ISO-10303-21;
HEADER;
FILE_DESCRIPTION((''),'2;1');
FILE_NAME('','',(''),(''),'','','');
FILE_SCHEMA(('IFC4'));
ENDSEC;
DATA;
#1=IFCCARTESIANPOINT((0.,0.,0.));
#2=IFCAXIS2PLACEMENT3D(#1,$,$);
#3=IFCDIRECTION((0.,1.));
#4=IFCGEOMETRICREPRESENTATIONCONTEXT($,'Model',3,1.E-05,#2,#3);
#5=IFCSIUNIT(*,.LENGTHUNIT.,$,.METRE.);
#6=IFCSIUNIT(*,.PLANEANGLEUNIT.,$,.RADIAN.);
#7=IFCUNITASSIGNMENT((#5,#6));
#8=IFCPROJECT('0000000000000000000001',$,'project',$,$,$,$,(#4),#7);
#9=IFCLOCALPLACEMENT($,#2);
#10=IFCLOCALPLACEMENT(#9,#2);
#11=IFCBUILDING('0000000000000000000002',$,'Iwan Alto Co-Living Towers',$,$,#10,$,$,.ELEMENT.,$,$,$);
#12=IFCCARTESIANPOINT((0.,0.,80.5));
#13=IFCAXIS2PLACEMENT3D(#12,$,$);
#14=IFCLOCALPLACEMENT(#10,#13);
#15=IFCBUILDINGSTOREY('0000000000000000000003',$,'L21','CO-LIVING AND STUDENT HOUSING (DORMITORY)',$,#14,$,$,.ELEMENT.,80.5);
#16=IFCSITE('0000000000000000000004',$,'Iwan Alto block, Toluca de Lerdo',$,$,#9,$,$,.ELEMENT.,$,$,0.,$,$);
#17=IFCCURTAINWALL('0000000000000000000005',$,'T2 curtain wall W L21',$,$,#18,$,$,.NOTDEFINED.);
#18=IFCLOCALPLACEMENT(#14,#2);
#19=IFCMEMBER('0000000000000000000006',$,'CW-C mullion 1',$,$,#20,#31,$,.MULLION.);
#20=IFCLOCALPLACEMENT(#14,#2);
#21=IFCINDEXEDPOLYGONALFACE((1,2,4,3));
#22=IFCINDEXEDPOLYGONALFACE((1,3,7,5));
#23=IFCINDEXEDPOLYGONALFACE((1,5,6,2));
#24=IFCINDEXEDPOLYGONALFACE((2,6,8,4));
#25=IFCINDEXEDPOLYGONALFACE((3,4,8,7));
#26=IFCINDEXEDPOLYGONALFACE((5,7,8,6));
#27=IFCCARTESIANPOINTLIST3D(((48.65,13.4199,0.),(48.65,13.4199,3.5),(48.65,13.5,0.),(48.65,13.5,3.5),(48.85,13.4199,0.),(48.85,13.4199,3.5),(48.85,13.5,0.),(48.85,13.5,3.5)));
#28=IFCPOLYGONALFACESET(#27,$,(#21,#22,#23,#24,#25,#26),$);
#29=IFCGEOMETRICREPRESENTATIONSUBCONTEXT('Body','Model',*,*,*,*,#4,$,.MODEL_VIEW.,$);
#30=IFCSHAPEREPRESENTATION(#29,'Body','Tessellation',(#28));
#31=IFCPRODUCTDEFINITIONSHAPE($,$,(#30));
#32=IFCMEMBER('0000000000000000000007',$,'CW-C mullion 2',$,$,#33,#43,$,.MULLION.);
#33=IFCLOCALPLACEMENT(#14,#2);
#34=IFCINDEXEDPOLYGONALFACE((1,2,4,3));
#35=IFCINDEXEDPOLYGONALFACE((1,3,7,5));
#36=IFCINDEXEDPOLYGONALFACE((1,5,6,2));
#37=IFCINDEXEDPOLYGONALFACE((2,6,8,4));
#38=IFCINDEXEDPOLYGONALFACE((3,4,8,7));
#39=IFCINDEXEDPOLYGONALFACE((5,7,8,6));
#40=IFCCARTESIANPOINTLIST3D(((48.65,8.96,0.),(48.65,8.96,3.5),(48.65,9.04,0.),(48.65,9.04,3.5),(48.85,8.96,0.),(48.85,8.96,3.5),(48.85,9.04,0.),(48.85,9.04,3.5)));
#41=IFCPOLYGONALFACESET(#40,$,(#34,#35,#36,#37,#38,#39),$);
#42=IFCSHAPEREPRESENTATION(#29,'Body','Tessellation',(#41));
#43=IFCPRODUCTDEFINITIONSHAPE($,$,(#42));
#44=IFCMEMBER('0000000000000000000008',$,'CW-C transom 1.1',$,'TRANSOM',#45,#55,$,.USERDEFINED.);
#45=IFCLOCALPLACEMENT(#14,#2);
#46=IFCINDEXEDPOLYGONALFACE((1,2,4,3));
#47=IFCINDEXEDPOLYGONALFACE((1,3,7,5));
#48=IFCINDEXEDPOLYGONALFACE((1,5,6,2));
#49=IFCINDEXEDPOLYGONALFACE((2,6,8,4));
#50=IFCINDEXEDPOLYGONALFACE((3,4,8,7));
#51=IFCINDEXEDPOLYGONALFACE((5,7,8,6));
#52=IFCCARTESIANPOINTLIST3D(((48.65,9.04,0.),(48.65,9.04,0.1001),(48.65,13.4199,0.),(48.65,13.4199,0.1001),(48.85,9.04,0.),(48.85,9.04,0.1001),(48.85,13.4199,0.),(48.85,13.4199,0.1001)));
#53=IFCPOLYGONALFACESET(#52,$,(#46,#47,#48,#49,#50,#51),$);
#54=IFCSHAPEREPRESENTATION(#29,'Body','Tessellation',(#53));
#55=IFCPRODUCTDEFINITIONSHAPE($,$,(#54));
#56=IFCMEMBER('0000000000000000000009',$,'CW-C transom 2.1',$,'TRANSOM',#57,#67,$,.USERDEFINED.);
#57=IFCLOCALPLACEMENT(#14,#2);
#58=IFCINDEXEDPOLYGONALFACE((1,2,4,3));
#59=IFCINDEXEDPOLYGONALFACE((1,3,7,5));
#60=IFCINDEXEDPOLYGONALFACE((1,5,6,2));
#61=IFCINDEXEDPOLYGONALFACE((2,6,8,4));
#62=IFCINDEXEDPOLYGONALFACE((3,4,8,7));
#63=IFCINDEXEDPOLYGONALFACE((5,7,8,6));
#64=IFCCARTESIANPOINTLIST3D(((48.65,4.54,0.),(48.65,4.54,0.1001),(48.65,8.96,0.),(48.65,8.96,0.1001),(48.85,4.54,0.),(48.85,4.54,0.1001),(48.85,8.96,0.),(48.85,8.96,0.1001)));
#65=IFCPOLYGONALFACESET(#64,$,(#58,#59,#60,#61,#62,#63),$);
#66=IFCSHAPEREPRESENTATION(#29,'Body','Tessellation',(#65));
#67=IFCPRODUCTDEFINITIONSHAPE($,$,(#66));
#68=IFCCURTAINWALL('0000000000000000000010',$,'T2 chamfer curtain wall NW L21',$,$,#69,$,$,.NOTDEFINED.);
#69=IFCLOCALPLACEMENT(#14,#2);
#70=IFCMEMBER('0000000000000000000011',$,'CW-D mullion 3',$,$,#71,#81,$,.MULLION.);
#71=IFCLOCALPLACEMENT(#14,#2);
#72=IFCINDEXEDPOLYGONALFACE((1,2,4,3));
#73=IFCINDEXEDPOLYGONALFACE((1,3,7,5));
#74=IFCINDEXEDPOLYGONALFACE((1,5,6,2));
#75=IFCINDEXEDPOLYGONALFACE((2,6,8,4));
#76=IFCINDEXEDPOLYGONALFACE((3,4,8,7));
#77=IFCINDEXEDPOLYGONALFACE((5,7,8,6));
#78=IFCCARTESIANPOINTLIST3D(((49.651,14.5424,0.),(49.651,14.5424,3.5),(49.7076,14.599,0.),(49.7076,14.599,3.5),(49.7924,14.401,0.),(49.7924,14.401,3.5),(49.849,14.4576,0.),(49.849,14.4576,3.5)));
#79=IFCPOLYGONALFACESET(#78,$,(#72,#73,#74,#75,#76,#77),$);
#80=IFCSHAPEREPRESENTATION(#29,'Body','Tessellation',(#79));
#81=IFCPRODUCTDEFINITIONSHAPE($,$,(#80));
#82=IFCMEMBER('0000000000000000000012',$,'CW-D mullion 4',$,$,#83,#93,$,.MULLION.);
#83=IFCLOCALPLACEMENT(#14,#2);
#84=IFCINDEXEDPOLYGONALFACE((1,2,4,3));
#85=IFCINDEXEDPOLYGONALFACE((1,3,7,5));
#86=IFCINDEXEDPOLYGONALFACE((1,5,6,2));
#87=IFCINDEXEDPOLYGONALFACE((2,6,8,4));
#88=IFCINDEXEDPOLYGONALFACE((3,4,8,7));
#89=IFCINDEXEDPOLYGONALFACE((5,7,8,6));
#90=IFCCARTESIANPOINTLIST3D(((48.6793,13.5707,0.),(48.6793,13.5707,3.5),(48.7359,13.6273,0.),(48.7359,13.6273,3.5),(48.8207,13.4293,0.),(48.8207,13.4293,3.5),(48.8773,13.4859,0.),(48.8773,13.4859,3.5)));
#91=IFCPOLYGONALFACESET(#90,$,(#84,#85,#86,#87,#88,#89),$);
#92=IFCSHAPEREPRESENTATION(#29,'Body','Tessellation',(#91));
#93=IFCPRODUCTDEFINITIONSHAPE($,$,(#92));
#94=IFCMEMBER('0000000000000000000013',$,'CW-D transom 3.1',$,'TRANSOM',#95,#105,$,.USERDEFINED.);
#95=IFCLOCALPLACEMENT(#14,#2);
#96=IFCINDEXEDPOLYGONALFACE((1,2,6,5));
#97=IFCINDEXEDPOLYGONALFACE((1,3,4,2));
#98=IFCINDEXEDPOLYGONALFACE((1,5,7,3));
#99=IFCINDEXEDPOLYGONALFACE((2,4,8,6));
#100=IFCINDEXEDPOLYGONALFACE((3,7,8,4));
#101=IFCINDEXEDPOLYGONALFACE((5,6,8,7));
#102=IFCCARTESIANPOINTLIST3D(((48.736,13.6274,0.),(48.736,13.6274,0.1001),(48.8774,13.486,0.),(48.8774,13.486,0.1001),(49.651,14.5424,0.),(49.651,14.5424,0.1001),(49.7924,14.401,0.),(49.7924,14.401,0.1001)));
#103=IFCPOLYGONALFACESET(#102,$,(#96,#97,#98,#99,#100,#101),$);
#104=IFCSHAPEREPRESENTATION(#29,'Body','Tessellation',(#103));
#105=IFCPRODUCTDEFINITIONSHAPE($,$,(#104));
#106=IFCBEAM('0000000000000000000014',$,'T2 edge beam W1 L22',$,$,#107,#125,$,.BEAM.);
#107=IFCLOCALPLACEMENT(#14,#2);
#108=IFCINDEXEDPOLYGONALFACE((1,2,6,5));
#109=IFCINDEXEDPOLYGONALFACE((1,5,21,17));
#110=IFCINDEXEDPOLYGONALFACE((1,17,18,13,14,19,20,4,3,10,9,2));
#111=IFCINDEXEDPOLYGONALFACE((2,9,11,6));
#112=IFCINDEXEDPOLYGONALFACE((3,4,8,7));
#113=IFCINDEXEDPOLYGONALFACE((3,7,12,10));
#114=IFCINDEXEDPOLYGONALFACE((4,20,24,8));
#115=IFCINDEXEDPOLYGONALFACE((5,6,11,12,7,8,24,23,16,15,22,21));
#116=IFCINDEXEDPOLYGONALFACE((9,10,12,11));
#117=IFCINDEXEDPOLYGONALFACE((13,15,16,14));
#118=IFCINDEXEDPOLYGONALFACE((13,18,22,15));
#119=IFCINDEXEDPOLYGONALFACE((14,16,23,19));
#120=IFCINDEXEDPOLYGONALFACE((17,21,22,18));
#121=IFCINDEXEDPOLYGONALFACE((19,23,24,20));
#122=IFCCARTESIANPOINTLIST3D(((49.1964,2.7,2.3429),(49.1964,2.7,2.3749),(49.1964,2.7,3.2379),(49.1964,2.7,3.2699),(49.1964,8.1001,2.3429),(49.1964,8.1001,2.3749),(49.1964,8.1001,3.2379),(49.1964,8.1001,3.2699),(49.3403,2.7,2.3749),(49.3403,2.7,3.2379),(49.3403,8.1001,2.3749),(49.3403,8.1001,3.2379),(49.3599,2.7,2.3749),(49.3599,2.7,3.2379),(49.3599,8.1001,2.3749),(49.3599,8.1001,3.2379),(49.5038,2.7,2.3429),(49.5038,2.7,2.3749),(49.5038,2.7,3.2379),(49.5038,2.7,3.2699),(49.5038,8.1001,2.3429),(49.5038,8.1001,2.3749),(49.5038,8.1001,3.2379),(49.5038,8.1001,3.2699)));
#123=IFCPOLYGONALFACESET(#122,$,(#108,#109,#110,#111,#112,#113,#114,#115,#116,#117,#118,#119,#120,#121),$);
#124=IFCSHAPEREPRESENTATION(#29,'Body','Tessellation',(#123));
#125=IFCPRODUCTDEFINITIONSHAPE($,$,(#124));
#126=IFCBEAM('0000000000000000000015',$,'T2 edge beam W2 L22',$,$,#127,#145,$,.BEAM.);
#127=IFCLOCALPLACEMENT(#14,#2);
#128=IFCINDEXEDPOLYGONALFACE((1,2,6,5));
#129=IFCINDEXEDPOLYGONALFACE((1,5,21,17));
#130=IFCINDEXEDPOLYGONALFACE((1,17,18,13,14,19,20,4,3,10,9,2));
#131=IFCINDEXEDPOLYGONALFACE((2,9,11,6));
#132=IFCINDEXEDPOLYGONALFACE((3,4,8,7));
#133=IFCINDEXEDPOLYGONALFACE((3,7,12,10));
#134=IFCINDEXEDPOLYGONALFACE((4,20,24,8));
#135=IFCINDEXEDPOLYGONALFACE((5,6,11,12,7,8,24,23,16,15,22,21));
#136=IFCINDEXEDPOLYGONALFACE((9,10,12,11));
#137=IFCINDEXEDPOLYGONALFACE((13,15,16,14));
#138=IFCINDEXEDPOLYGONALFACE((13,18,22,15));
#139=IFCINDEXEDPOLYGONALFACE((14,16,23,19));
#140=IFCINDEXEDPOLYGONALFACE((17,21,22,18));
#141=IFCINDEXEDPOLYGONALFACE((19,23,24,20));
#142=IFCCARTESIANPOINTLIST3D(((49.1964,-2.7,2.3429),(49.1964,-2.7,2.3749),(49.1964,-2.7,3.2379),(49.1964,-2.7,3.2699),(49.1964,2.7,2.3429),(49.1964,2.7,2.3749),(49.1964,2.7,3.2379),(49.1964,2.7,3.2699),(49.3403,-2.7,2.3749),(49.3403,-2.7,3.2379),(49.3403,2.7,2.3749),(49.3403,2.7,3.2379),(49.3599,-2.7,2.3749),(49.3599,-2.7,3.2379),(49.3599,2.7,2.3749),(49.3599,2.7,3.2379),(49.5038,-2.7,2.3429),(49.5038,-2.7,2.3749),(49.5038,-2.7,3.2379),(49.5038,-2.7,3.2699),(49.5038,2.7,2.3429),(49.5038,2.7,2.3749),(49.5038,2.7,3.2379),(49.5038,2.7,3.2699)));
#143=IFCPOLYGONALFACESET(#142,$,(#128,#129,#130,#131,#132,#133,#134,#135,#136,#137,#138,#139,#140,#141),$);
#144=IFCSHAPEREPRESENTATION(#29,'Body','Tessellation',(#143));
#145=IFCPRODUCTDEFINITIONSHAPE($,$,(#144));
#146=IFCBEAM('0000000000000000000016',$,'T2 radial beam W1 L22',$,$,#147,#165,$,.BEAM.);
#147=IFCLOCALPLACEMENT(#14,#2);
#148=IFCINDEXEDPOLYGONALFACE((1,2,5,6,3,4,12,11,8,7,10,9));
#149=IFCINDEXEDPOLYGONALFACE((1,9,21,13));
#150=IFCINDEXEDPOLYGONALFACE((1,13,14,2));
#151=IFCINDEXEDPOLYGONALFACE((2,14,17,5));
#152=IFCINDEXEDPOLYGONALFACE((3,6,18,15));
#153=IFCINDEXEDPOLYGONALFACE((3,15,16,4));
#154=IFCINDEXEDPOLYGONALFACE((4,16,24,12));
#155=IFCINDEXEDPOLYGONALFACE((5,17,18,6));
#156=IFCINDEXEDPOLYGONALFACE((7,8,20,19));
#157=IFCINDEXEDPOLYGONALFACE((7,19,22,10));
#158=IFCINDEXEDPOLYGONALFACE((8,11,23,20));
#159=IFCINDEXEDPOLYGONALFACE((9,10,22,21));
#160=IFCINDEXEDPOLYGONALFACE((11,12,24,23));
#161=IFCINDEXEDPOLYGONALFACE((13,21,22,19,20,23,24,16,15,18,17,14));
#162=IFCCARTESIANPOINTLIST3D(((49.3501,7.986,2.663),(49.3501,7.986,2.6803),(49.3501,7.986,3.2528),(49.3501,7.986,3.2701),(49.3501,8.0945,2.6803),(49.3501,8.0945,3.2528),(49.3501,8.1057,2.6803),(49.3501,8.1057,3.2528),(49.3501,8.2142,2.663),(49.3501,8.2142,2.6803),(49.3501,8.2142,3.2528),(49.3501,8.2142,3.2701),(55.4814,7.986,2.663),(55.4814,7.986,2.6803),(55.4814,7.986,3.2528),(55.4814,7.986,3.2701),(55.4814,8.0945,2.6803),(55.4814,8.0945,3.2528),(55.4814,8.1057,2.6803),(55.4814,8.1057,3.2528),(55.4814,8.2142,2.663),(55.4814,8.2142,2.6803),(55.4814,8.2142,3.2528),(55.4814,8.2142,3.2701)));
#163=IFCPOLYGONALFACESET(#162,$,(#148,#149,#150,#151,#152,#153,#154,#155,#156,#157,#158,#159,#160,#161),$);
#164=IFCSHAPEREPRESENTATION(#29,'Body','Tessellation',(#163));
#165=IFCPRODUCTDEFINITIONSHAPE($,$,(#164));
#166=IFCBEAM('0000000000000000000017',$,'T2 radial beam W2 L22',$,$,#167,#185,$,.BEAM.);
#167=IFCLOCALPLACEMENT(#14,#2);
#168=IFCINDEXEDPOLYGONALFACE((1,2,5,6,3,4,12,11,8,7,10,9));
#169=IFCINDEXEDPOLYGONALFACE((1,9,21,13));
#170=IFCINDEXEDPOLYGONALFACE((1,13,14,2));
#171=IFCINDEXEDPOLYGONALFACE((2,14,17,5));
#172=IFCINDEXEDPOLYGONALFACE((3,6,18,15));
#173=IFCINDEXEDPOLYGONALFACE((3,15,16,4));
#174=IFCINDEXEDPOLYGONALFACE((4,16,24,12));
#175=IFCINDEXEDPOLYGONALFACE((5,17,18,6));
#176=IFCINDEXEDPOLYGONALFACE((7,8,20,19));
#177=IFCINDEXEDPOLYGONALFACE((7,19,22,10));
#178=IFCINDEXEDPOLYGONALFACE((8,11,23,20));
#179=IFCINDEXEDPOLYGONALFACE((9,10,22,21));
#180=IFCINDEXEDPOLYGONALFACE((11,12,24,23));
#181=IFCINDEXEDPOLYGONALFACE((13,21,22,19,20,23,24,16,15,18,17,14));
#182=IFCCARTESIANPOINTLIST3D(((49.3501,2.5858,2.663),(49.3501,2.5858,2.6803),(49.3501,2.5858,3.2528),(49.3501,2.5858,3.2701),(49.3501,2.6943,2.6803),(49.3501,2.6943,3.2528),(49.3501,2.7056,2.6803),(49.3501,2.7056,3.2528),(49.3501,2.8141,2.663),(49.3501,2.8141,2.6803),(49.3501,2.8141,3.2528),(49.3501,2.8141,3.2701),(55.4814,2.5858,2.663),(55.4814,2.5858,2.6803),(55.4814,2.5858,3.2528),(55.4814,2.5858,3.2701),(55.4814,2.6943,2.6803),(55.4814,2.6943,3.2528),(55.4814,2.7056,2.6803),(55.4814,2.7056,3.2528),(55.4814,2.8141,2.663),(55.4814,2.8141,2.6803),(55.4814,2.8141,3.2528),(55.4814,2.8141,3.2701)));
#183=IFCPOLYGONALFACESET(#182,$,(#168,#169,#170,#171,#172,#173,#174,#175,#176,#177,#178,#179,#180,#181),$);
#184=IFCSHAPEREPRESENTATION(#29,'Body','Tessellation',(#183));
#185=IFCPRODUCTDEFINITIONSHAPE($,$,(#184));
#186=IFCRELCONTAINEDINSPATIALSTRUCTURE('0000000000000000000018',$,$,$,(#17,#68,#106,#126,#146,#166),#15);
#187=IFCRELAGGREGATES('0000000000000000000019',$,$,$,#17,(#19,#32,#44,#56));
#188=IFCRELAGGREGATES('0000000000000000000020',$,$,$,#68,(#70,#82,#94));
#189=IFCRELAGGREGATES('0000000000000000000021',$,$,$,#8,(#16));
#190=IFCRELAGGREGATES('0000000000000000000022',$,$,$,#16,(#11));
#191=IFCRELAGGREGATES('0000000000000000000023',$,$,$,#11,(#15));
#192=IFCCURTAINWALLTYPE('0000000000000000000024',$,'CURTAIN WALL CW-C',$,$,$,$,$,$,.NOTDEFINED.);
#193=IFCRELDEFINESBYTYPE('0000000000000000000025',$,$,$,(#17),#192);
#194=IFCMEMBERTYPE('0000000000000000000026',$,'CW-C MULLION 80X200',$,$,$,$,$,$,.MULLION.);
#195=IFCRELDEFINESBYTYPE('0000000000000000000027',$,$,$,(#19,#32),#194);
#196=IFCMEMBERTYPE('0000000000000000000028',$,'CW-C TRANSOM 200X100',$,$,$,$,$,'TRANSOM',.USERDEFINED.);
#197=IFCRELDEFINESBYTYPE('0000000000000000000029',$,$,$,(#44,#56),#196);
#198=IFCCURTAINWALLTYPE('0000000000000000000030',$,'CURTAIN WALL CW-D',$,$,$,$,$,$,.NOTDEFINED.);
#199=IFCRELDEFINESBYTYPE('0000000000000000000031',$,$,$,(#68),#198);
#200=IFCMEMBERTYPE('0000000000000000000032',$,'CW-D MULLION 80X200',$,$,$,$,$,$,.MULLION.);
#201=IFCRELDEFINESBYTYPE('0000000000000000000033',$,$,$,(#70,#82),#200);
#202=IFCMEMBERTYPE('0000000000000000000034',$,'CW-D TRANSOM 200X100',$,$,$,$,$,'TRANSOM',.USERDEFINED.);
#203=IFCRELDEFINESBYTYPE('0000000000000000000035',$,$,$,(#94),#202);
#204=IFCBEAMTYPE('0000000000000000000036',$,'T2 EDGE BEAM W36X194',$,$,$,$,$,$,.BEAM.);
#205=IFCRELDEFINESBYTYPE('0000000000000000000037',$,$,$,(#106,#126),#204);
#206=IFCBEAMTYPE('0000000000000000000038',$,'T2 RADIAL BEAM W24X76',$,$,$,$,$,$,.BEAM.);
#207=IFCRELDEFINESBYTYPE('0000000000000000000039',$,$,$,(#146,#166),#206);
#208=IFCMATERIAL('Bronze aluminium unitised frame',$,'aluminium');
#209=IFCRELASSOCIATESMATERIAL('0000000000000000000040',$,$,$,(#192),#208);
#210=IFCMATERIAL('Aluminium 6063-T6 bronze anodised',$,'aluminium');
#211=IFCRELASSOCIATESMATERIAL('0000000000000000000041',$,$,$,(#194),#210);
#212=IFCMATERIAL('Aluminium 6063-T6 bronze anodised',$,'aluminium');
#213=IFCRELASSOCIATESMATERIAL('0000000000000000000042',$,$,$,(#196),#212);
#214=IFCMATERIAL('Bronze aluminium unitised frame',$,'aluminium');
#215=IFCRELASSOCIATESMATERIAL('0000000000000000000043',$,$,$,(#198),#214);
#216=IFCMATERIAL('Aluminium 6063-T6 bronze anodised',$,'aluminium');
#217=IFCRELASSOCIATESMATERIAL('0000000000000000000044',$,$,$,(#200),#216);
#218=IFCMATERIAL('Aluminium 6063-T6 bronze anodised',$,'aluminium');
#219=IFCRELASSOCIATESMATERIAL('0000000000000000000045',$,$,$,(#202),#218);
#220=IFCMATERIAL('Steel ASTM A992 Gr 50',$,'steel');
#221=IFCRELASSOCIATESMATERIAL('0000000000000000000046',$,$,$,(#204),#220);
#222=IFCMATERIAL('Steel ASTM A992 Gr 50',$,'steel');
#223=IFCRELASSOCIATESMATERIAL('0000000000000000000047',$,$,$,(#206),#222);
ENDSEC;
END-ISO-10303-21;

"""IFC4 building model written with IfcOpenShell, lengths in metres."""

from ifc_helpers import new_model, si_unit, direction, frame, origin, origin_2d, place, context, subcontext, project, spatial, rectangle, i_section, extrude, material, material_profile, profile_set, type_object, element, aggregate, save


model = new_model("IFC4")

# Units and contexts
model_context = context("Model", 3, precision=1e-05, world=origin(), true_north=direction((0.0, 1.0)))
body_context = subcontext(model_context, "Body", "Model", "MODEL_VIEW")
ifc_project = project(units=[si_unit("LENGTHUNIT", "METRE"), si_unit("PLANEANGLEUNIT", "RADIAN")], contexts=[model_context])

# Site, building, storey
site_placement = place(None, origin())
site = spatial("IfcSite", under=ifc_project, at=site_placement, Name="Iwan Alto block, Toluca de Lerdo", CompositionType="ELEMENT", RefElevation=0.0)
building_placement = place(site_placement, origin())
building = spatial("IfcBuilding", under=site, at=building_placement, Name="Iwan Alto Co-Living Towers", CompositionType="ELEMENT")
storey_placement = place(building_placement, frame((0.0, 0.0, 80.5)))
storey = spatial("IfcBuildingStorey", under=building, at=storey_placement, Name="L21", Description="CO-LIVING AND STUDENT HOUSING (DORMITORY)", CompositionType="ELEMENT", Elevation=80.5)

# Curtain walls, members
ifc_material_1 = material(Name="Bronze aluminium unitised frame", Category="aluminium")
curtain_wall_type_1 = type_object("IfcCurtainWallType", Name="CURTAIN WALL CW-C", PredefinedType="NOTDEFINED", material=ifc_material_1)
curtain_wall_1_placement = place(storey_placement, origin())
curtain_wall_1 = element("IfcCurtainWall", 1, at=curtain_wall_1_placement, inside=storey, type_object=curtain_wall_type_1, Name="T2 curtain wall W L21", PredefinedType="NOTDEFINED")
ifc_material_2 = material(Name="Aluminium 6063-T6 bronze anodised", Category="aluminium")
ifc_material_profile_1 = material_profile(ifc_material_2, rectangle(XDim=0.2, YDim=0.0801, at=origin_2d()), Name="AL 80X200")
ifc_profile_set_1 = profile_set([ifc_material_profile_1], Name="Aluminium 6063-T6 bronze anodised")
member_type_1 = type_object("IfcMemberType", Name="CW-C MULLION 80X200", PredefinedType="MULLION", material=ifc_profile_set_1)
member_1_placement = place(storey_placement, frame((48.75, 13.46, 0.0), z_axis=(0.0, 0.0, 1.0), x_axis=(1.0, 0.0, 0.0)))
member_1 = element("IfcMember", 2, at=member_1_placement, type_object=member_type_1, Name="CW-C mullion 1", PredefinedType="MULLION", context=body_context, shape_type="SweptSolid", body=[
    extrude(rectangle(XDim=0.2, YDim=0.0801, at=origin_2d()), origin(), (0.0, 0.0, 1.0), 3.5),
])
member_2_placement = place(storey_placement, frame((48.75, 9.0, 0.0), z_axis=(0.0, 0.0, 1.0), x_axis=(1.0, 0.0, 0.0)))
member_2 = element("IfcMember", 3, at=member_2_placement, type_object=member_type_1, Name="CW-C mullion 2", PredefinedType="MULLION", context=body_context, shape_type="SweptSolid", body=[
    extrude(rectangle(XDim=0.2, YDim=0.0801, at=origin_2d()), origin(), (0.0, 0.0, 1.0), 3.5),
])
ifc_material_3 = material(Name="Aluminium 6063-T6 bronze anodised", Category="aluminium")
ifc_material_profile_2 = material_profile(ifc_material_3, rectangle(XDim=0.2, YDim=0.1001, at=origin_2d()), Name="AL 200X100")
ifc_profile_set_2 = profile_set([ifc_material_profile_2], Name="Aluminium 6063-T6 bronze anodised")
member_type_2 = type_object("IfcMemberType", Name="CW-C TRANSOM 200X100", ElementType="TRANSOM", PredefinedType="USERDEFINED", material=ifc_profile_set_2)
member_3_placement = place(storey_placement, frame((48.75, 13.4199, 0.05), z_axis=(0.0, -1.0, 0.0), x_axis=(1.0, 0.0, 0.0)))
member_3 = element("IfcMember", 4, at=member_3_placement, type_object=member_type_2, Name="CW-C transom 1.1", ObjectType="TRANSOM", PredefinedType="USERDEFINED", context=body_context, shape_type="SweptSolid", body=[
    extrude(rectangle(XDim=0.2, YDim=0.1001, at=origin_2d()), origin(), (0.0, 0.0, 1.0), 4.3799),
])
member_4_placement = place(storey_placement, frame((48.75, 8.96, 0.05), z_axis=(0.0, -1.0, 0.0), x_axis=(1.0, 0.0, 0.0)))
member_4 = element("IfcMember", 5, at=member_4_placement, type_object=member_type_2, Name="CW-C transom 2.1", ObjectType="TRANSOM", PredefinedType="USERDEFINED", context=body_context, shape_type="SweptSolid", body=[
    extrude(rectangle(XDim=0.2, YDim=0.1001, at=origin_2d()), origin(), (0.0, 0.0, 1.0), 4.4199),
])
ifc_material_4 = material(Name="Bronze aluminium unitised frame", Category="aluminium")
curtain_wall_type_2 = type_object("IfcCurtainWallType", Name="CURTAIN WALL CW-D", PredefinedType="NOTDEFINED", material=ifc_material_4)
curtain_wall_2_placement = place(storey_placement, origin())
curtain_wall_2 = element("IfcCurtainWall", 6, at=curtain_wall_2_placement, inside=storey, type_object=curtain_wall_type_2, Name="T2 chamfer curtain wall NW L21", PredefinedType="NOTDEFINED")
ifc_material_5 = material(Name="Aluminium 6063-T6 bronze anodised", Category="aluminium")
ifc_material_profile_3 = material_profile(ifc_material_5, rectangle(XDim=0.2, YDim=0.0801, at=origin_2d()), Name="AL 80X200")
ifc_profile_set_3 = profile_set([ifc_material_profile_3], Name="Aluminium 6063-T6 bronze anodised")
member_type_3 = type_object("IfcMemberType", Name="CW-D MULLION 80X200", PredefinedType="MULLION", material=ifc_profile_set_3)
member_5_placement = place(storey_placement, frame((49.75, 14.5, 0.0), z_axis=(0.0, 0.0, 1.0), x_axis=(0.707107, -0.707107, 0.0)))
member_5 = element("IfcMember", 7, at=member_5_placement, type_object=member_type_3, Name="CW-D mullion 3", PredefinedType="MULLION", context=body_context, shape_type="SweptSolid", body=[
    extrude(rectangle(XDim=0.2, YDim=0.0801, at=origin_2d()), origin(), (0.0, 0.0, 1.0), 3.5),
])
member_6_placement = place(storey_placement, frame((48.7783, 13.5283, 0.0), z_axis=(0.0, 0.0, 1.0), x_axis=(0.707107, -0.707107, 0.0)))
member_6 = element("IfcMember", 8, at=member_6_placement, type_object=member_type_3, Name="CW-D mullion 4", PredefinedType="MULLION", context=body_context, shape_type="SweptSolid", body=[
    extrude(rectangle(XDim=0.2, YDim=0.0801, at=origin_2d()), origin(), (0.0, 0.0, 1.0), 3.5),
])
ifc_material_6 = material(Name="Aluminium 6063-T6 bronze anodised", Category="aluminium")
ifc_material_profile_4 = material_profile(ifc_material_6, rectangle(XDim=0.2, YDim=0.1001, at=origin_2d()), Name="AL 200X100")
ifc_profile_set_4 = profile_set([ifc_material_profile_4], Name="Aluminium 6063-T6 bronze anodised")
member_type_4 = type_object("IfcMemberType", Name="CW-D TRANSOM 200X100", ElementType="TRANSOM", PredefinedType="USERDEFINED", material=ifc_profile_set_4)
member_7_placement = place(storey_placement, frame((49.7217, 14.4717, 0.05), z_axis=(-0.707107, -0.707107, 0.0), x_axis=(0.707107, -0.707107, 0.0)))
member_7 = element("IfcMember", 9, at=member_7_placement, type_object=member_type_4, Name="CW-D transom 3.1", ObjectType="TRANSOM", PredefinedType="USERDEFINED", context=body_context, shape_type="SweptSolid", body=[
    extrude(rectangle(XDim=0.2, YDim=0.1001, at=origin_2d()), origin(), (0.0, 0.0, 1.0), 1.2939),
])

# Beams
ifc_material_7 = material(Name="Steel ASTM A992 Gr 50", Category="steel")
ifc_material_profile_5 = material_profile(ifc_material_7, i_section(OverallWidth=0.3074, OverallDepth=0.927, WebThickness=0.0195, FlangeThickness=0.032, at=origin_2d()), Name="W36X194")
ifc_profile_set_5 = profile_set([ifc_material_profile_5], Name="Steel ASTM A992 Gr 50")
beam_type_1 = type_object("IfcBeamType", Name="T2 EDGE BEAM W36X194", PredefinedType="BEAM", material=ifc_profile_set_5)
beam_1_placement = place(storey_placement, frame((49.3501, 8.1001, 2.8064), z_axis=(0.0, -1.0, 0.0), x_axis=(1.0, 0.0, 0.0)))
element("IfcBeam", 10, at=beam_1_placement, inside=storey, type_object=beam_type_1, Name="T2 edge beam W1 L22", PredefinedType="BEAM", context=body_context, shape_type="SweptSolid", body=[
    extrude(i_section(OverallWidth=0.3074, OverallDepth=0.927, WebThickness=0.0195, FlangeThickness=0.032, at=origin_2d()), origin(), (0.0, 0.0, 1.0), 5.4001),
])
beam_2_placement = place(storey_placement, frame((49.3501, 2.7, 2.8064), z_axis=(0.0, -1.0, 0.0), x_axis=(1.0, 0.0, 0.0)))
element("IfcBeam", 11, at=beam_2_placement, inside=storey, type_object=beam_type_1, Name="T2 edge beam W2 L22", PredefinedType="BEAM", context=body_context, shape_type="SweptSolid", body=[
    extrude(i_section(OverallWidth=0.3074, OverallDepth=0.927, WebThickness=0.0195, FlangeThickness=0.032, at=origin_2d()), origin(), (0.0, 0.0, 1.0), 5.3999),
])
ifc_material_8 = material(Name="Steel ASTM A992 Gr 50", Category="steel")
ifc_material_profile_6 = material_profile(ifc_material_8, i_section(OverallWidth=0.2283, OverallDepth=0.6072, WebThickness=0.0112, FlangeThickness=0.0173, at=origin_2d()), Name="W24X76")
ifc_profile_set_6 = profile_set([ifc_material_profile_6], Name="Steel ASTM A992 Gr 50")
beam_type_2 = type_object("IfcBeamType", Name="T2 RADIAL BEAM W24X76", PredefinedType="BEAM", material=ifc_profile_set_6)
for number, where, z_axis, x_axis, name in (
    (12, (49.3501, 8.1001, 2.9666), (1.0, 0.0, 0.0), (0.0, 1.0, 0.0), "T2 radial beam W1 L22"),
    (13, (49.3501, 2.7, 2.9666), (1.0, 0.0, 0.0), (0.0, 1.0, 0.0), "T2 radial beam W2 L22"),
):
    element("IfcBeam", number, at=place(storey_placement, frame(where, z_axis=z_axis, x_axis=x_axis)), inside=storey, type_object=beam_type_2, Name=name, PredefinedType="BEAM", context=body_context, shape_type="SweptSolid", body=[
        extrude(i_section(OverallWidth=0.2283, OverallDepth=0.6072, WebThickness=0.0112, FlangeThickness=0.0173, at=origin_2d()), origin(), (0.0, 0.0, 1.0), 6.1313),
    ])

aggregate(curtain_wall_1, [member_1, member_2, member_3, member_4])
aggregate(curtain_wall_2, [member_5, member_6, member_7])

save(model, "model.ifc")
